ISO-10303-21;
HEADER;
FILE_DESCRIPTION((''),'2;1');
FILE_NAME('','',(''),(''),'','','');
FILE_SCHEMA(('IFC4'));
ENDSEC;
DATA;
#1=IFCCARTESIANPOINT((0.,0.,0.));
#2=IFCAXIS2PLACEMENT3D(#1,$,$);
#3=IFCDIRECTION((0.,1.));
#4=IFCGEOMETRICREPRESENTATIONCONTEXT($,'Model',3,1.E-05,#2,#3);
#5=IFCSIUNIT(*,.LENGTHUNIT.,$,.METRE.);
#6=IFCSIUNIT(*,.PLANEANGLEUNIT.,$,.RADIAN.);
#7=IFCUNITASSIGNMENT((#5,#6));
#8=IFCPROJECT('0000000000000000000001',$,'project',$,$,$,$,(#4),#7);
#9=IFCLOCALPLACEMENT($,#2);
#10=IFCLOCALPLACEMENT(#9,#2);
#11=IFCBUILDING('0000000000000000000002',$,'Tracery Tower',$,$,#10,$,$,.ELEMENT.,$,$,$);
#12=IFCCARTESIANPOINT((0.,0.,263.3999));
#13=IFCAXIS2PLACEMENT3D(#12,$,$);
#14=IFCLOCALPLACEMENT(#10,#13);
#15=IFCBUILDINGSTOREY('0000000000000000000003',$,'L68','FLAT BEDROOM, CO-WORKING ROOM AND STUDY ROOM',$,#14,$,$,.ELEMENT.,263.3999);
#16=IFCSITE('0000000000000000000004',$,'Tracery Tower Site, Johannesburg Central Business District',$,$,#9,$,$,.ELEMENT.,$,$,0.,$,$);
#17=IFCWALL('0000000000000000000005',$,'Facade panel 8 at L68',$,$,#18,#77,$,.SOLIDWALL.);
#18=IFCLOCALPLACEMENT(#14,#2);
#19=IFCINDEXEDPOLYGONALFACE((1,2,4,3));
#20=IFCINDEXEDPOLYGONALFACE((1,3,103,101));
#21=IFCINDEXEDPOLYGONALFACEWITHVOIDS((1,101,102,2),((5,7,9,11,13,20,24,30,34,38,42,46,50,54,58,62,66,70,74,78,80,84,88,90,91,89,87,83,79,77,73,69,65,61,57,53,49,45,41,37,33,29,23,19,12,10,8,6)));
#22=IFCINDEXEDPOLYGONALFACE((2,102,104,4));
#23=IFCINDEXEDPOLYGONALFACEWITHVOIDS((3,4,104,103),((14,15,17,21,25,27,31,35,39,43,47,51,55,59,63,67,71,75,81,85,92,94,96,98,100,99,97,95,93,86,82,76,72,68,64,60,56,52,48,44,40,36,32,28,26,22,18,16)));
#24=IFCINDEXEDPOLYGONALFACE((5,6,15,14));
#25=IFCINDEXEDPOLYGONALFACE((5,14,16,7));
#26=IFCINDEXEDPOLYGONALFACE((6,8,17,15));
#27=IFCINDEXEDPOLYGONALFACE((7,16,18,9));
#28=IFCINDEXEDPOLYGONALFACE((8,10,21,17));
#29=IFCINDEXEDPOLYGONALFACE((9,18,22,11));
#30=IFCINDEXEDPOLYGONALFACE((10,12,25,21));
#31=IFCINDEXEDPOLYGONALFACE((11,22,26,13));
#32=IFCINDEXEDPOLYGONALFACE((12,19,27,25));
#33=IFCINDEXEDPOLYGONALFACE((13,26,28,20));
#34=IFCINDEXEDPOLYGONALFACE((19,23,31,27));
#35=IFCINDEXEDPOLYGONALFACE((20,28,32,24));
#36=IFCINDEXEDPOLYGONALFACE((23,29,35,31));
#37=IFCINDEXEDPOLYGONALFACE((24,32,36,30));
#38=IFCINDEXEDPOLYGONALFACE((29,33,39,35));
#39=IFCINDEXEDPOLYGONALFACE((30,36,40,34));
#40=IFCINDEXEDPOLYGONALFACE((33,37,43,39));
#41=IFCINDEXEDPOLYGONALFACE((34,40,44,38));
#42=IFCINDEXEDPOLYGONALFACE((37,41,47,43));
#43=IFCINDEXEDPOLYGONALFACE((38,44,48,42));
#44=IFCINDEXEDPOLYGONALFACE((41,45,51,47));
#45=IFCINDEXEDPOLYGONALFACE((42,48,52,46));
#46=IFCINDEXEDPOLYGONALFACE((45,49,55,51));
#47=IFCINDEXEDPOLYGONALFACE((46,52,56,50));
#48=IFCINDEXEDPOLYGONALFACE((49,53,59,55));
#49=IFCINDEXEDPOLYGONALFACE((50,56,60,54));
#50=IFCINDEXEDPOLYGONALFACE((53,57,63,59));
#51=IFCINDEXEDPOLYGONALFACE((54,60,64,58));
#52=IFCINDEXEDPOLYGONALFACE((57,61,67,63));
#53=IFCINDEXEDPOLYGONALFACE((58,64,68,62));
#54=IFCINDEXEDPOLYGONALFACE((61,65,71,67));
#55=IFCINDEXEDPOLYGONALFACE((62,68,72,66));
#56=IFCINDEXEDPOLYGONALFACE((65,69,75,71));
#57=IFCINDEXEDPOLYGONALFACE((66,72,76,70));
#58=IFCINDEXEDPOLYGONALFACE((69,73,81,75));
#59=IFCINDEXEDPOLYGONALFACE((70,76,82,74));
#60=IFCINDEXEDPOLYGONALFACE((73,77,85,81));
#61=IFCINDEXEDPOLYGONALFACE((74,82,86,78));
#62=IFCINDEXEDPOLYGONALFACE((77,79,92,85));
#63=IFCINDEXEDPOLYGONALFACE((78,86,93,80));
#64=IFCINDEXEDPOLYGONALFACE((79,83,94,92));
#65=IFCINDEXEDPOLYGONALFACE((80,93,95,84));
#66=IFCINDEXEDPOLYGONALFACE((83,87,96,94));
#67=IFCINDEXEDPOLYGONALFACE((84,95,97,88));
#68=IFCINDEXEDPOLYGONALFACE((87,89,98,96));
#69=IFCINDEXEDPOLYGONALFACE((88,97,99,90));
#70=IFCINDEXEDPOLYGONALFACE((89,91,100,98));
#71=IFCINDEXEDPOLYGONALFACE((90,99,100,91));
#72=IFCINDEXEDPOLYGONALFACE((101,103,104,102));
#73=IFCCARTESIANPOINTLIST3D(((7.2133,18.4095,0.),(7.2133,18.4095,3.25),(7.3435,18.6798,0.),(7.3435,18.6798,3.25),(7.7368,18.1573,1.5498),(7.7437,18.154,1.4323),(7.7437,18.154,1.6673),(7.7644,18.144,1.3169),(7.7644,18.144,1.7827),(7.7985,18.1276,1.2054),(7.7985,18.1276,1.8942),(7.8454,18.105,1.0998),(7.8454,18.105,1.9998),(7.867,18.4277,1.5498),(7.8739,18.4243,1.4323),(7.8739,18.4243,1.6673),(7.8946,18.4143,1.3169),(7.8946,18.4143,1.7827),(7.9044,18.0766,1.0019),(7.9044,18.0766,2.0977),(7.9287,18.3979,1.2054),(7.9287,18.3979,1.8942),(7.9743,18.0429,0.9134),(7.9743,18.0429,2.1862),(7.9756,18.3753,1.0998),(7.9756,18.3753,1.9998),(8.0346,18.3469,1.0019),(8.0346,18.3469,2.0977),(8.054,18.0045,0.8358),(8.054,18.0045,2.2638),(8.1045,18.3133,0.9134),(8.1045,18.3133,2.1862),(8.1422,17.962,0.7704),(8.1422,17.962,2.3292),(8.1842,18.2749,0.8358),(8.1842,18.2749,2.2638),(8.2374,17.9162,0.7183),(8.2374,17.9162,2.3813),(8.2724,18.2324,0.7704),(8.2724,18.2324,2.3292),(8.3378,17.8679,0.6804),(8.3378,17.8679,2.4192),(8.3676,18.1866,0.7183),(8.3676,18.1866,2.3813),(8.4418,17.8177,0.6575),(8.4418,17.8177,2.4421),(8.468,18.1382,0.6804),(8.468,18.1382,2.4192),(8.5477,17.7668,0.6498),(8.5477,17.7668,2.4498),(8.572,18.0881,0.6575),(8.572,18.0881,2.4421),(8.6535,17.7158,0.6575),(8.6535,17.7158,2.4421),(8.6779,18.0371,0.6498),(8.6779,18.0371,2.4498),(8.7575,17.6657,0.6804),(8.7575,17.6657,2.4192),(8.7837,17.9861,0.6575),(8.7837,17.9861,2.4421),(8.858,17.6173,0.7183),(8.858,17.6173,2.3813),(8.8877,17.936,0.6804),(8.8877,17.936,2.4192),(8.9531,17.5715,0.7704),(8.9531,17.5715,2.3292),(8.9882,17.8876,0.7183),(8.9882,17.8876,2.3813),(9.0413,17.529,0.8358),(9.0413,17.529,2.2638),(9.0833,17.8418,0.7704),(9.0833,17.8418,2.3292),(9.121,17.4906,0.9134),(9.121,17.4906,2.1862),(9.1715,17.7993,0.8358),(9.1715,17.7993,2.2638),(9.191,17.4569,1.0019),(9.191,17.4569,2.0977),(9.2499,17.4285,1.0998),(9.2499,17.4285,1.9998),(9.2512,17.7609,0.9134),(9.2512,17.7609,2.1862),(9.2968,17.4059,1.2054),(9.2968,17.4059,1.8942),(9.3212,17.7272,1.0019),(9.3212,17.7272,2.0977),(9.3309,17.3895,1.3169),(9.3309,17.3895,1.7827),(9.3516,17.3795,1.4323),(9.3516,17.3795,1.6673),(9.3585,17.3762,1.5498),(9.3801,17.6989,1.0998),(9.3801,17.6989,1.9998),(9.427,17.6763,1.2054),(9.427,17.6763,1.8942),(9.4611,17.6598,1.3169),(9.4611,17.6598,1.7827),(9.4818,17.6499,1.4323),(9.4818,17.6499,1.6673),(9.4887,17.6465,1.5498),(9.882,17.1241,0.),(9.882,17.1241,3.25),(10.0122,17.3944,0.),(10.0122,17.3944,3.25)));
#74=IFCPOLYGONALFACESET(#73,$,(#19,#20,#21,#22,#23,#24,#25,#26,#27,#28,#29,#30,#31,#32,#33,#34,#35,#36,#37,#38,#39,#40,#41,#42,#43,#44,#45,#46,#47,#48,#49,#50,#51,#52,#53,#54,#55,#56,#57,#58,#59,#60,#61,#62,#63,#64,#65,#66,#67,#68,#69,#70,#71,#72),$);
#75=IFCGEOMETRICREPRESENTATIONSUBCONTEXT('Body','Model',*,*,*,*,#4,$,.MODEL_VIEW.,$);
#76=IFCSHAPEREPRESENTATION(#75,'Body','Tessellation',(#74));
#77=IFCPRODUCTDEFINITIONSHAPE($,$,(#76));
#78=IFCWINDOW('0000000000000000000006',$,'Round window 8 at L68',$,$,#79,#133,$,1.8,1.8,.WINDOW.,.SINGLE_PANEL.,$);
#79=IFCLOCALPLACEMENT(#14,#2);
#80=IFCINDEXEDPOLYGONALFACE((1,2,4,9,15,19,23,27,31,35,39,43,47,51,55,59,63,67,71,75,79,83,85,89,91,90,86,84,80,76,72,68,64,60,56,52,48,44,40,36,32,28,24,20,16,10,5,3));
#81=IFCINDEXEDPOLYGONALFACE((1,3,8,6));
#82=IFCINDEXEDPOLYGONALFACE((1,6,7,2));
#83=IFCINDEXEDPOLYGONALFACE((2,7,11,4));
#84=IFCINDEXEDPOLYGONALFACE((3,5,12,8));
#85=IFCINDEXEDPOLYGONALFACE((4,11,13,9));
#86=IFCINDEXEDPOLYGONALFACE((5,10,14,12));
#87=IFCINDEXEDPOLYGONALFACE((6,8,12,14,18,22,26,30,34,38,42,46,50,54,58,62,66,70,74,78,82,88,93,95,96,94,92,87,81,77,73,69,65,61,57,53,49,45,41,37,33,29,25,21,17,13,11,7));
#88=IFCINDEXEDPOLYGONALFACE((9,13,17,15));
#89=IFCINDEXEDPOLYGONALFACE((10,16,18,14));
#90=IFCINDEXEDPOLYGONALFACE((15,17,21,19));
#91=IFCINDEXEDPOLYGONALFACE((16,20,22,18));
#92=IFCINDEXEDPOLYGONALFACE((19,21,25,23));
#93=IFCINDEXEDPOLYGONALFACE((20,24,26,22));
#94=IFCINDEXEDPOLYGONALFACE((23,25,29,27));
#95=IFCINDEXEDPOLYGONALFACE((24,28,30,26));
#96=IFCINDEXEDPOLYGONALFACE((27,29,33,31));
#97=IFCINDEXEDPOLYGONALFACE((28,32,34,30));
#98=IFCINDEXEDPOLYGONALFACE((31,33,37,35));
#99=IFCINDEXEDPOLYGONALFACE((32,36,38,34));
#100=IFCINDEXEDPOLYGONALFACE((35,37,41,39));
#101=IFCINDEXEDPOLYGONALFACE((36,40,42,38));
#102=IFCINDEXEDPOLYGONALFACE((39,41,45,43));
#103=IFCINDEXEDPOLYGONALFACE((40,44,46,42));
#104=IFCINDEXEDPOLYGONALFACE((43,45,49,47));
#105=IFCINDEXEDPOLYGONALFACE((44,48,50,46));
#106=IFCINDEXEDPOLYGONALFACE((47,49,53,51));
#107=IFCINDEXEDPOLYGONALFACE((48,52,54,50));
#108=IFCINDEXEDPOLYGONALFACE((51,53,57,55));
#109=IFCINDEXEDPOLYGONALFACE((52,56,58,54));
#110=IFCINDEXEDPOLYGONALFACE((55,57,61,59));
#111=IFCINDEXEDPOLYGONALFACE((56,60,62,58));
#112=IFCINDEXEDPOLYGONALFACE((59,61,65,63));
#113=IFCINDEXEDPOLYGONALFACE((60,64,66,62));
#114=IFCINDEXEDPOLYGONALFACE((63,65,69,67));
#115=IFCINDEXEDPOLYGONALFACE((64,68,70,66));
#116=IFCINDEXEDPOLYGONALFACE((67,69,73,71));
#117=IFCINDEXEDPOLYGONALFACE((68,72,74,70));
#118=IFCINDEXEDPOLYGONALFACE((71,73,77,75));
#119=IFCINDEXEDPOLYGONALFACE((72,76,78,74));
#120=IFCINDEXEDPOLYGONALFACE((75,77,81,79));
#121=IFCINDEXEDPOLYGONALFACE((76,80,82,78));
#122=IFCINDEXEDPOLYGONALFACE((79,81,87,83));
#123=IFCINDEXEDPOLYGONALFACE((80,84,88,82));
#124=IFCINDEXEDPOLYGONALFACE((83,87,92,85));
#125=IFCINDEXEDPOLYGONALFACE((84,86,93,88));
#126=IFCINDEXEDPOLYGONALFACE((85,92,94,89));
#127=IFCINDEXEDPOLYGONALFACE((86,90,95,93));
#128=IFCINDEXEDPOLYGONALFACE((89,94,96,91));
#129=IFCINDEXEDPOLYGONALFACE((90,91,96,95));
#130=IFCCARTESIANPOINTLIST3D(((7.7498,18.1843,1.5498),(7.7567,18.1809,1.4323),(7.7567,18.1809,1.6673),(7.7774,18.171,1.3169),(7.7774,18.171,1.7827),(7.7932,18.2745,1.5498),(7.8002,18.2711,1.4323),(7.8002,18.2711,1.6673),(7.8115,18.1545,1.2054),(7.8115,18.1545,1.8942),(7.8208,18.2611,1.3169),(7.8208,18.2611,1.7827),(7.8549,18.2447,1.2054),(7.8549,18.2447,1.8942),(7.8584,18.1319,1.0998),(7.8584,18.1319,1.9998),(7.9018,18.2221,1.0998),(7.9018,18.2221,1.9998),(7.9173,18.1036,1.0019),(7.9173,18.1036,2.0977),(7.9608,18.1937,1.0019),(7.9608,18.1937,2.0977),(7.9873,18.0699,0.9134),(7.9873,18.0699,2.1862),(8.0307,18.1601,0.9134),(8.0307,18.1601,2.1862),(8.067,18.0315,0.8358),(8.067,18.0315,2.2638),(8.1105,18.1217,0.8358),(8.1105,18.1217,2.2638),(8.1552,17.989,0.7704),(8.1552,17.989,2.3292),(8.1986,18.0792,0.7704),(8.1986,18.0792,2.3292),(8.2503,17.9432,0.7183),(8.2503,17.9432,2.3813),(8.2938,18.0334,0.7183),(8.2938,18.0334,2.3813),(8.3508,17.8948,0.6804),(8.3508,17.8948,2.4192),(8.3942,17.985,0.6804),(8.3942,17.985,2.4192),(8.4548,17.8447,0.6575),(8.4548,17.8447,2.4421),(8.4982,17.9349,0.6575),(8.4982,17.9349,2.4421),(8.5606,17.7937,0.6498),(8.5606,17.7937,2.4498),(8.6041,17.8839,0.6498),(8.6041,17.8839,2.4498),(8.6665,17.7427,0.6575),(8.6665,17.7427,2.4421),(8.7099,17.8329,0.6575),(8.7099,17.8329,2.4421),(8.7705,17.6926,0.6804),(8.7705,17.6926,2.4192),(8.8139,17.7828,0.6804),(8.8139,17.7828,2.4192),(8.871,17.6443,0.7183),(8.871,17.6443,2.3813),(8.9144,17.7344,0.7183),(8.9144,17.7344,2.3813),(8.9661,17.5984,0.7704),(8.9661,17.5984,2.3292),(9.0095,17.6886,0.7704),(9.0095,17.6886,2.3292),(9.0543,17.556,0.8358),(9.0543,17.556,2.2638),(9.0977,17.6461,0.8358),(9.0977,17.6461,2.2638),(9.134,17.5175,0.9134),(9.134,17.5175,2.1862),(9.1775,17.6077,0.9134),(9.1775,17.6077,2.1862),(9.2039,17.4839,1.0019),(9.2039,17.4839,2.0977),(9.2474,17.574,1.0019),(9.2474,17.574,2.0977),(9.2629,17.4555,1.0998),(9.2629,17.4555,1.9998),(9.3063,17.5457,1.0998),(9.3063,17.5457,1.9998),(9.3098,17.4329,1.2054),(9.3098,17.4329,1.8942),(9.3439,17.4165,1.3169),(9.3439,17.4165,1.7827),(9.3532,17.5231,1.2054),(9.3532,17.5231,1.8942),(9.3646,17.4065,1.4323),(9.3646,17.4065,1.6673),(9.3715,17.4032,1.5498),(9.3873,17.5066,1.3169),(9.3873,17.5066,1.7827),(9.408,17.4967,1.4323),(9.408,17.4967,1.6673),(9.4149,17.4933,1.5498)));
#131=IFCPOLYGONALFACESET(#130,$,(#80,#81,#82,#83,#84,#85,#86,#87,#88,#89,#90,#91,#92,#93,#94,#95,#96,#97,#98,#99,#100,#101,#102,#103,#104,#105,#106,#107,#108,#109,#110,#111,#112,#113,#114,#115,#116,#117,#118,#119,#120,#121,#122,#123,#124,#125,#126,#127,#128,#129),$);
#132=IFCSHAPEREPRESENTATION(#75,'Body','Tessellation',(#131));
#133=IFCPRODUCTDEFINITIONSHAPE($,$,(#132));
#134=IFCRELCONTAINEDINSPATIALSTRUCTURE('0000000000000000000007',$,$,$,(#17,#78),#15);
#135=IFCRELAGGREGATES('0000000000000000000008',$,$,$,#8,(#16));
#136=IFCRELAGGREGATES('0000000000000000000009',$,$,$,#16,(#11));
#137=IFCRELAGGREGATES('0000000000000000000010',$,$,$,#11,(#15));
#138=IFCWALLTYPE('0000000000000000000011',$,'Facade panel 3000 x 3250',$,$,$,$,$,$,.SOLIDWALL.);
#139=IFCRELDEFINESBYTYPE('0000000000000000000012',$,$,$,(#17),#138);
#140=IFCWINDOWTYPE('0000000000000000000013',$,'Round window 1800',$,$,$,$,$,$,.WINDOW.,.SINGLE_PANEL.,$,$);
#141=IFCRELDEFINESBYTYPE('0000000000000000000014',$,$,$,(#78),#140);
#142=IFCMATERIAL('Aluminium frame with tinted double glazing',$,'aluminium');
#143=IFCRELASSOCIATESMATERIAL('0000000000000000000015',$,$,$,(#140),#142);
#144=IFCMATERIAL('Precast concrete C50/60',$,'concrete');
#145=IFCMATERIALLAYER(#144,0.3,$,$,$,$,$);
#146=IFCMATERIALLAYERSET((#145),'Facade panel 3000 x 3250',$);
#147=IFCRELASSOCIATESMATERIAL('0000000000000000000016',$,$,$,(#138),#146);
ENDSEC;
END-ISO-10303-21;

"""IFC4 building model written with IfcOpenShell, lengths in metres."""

from ifc_helpers import new_model, si_unit, direction, frame, frame_2d, origin, origin_2d, place, context, subcontext, project, spatial, rectangle, circle, extrude, material, layer, layer_set, type_object, element, fill, save


model = new_model("IFC4")

# Units and contexts
model_context = context("Model", 3, precision=1e-05, world=origin(), true_north=direction((0.0, 1.0)))
body_context = subcontext(model_context, "Body", "Model", "MODEL_VIEW")
ifc_project = project(units=[si_unit("LENGTHUNIT", "METRE"), si_unit("PLANEANGLEUNIT", "RADIAN")], contexts=[model_context])

# Site, building, storey
site_placement = place(None, origin())
site = spatial("IfcSite", under=ifc_project, at=site_placement, Name="Tracery Tower Site, Johannesburg Central Business District", CompositionType="ELEMENT", RefElevation=0.0)
building_placement = place(site_placement, origin())
building = spatial("IfcBuilding", under=site, at=building_placement, Name="Tracery Tower", CompositionType="ELEMENT")
storey_placement = place(building_placement, frame((0.0, 0.0, 263.3999)))
storey = spatial("IfcBuildingStorey", under=building, at=storey_placement, Name="L68", Description="FLAT BEDROOM, CO-WORKING ROOM AND STUDY ROOM", CompositionType="ELEMENT", Elevation=263.3999)

# Wall, opening, window
ifc_material_1 = material(Name="Aluminium frame with tinted double glazing", Category="aluminium")
window_type = type_object("IfcWindowType", Name="Round window 1800", PartitioningType="SINGLE_PANEL", PredefinedType="WINDOW", material=ifc_material_1)
ifc_material_2 = material(Name="Precast concrete C50/60", Category="concrete")
ifc_layer_1 = layer(ifc_material_2, 0.3)
ifc_layer_set_1 = layer_set([ifc_layer_1], Name="Facade panel 3000 x 3250")
wall_type_1 = type_object("IfcWallType", Name="Facade panel 3000 x 3250", PredefinedType="SOLIDWALL", material=ifc_layer_set_1)
wall_1_placement = place(storey_placement, frame((9.947, 17.2593, 0.0), z_axis=(0.0, 0.0, 1.0), x_axis=(-0.90094, 0.433944, 0.0)))
wall_1 = element("IfcWall", 1, at=wall_1_placement, inside=storey, type_object=wall_type_1, Name="Facade panel 8 at L68", PredefinedType="SOLIDWALL", context=body_context, shape_type="SweptSolid", body=[
    extrude(rectangle(XDim=2.9622, YDim=0.3, at=frame_2d((1.481, 0.0))), origin(), (0.0, 0.0, 1.0), 3.25),
])
opening_1_placement = place(wall_1_placement, frame((1.481, 0.0, 1.5498)))
opening_1 = element("IfcOpeningElement", 2, at=opening_1_placement, cuts=wall_1, PredefinedType="OPENING", context=body_context, shape_type="SweptSolid", body=[
    extrude(circle(Radius=0.9, at=origin_2d()), frame((0.0, 0.1599, 0.0), z_axis=(0.0, -1.0, 0.0), x_axis=(1.0, 0.0, 0.0)), (0.0, 0.0, 1.0), 0.3201),
])
window_1_placement = place(opening_1_placement, origin())
window_1 = element("IfcWindow", 3, at=window_1_placement, inside=storey, type_object=window_type, Name="Round window 8 at L68", OverallHeight=1.8, OverallWidth=1.8, PartitioningType="SINGLE_PANEL", PredefinedType="WINDOW", context=body_context, shape_type="SweptSolid", body=[
    extrude(circle(Radius=0.9, at=origin_2d()), frame((0.0, 0.1201, 0.0), z_axis=(0.0, -1.0, 0.0), x_axis=(1.0, 0.0, 0.0)), (0.0, 0.0, 1.0), 0.1001),
])
fill(opening_1, window_1)

save(model, "model.ifc")
